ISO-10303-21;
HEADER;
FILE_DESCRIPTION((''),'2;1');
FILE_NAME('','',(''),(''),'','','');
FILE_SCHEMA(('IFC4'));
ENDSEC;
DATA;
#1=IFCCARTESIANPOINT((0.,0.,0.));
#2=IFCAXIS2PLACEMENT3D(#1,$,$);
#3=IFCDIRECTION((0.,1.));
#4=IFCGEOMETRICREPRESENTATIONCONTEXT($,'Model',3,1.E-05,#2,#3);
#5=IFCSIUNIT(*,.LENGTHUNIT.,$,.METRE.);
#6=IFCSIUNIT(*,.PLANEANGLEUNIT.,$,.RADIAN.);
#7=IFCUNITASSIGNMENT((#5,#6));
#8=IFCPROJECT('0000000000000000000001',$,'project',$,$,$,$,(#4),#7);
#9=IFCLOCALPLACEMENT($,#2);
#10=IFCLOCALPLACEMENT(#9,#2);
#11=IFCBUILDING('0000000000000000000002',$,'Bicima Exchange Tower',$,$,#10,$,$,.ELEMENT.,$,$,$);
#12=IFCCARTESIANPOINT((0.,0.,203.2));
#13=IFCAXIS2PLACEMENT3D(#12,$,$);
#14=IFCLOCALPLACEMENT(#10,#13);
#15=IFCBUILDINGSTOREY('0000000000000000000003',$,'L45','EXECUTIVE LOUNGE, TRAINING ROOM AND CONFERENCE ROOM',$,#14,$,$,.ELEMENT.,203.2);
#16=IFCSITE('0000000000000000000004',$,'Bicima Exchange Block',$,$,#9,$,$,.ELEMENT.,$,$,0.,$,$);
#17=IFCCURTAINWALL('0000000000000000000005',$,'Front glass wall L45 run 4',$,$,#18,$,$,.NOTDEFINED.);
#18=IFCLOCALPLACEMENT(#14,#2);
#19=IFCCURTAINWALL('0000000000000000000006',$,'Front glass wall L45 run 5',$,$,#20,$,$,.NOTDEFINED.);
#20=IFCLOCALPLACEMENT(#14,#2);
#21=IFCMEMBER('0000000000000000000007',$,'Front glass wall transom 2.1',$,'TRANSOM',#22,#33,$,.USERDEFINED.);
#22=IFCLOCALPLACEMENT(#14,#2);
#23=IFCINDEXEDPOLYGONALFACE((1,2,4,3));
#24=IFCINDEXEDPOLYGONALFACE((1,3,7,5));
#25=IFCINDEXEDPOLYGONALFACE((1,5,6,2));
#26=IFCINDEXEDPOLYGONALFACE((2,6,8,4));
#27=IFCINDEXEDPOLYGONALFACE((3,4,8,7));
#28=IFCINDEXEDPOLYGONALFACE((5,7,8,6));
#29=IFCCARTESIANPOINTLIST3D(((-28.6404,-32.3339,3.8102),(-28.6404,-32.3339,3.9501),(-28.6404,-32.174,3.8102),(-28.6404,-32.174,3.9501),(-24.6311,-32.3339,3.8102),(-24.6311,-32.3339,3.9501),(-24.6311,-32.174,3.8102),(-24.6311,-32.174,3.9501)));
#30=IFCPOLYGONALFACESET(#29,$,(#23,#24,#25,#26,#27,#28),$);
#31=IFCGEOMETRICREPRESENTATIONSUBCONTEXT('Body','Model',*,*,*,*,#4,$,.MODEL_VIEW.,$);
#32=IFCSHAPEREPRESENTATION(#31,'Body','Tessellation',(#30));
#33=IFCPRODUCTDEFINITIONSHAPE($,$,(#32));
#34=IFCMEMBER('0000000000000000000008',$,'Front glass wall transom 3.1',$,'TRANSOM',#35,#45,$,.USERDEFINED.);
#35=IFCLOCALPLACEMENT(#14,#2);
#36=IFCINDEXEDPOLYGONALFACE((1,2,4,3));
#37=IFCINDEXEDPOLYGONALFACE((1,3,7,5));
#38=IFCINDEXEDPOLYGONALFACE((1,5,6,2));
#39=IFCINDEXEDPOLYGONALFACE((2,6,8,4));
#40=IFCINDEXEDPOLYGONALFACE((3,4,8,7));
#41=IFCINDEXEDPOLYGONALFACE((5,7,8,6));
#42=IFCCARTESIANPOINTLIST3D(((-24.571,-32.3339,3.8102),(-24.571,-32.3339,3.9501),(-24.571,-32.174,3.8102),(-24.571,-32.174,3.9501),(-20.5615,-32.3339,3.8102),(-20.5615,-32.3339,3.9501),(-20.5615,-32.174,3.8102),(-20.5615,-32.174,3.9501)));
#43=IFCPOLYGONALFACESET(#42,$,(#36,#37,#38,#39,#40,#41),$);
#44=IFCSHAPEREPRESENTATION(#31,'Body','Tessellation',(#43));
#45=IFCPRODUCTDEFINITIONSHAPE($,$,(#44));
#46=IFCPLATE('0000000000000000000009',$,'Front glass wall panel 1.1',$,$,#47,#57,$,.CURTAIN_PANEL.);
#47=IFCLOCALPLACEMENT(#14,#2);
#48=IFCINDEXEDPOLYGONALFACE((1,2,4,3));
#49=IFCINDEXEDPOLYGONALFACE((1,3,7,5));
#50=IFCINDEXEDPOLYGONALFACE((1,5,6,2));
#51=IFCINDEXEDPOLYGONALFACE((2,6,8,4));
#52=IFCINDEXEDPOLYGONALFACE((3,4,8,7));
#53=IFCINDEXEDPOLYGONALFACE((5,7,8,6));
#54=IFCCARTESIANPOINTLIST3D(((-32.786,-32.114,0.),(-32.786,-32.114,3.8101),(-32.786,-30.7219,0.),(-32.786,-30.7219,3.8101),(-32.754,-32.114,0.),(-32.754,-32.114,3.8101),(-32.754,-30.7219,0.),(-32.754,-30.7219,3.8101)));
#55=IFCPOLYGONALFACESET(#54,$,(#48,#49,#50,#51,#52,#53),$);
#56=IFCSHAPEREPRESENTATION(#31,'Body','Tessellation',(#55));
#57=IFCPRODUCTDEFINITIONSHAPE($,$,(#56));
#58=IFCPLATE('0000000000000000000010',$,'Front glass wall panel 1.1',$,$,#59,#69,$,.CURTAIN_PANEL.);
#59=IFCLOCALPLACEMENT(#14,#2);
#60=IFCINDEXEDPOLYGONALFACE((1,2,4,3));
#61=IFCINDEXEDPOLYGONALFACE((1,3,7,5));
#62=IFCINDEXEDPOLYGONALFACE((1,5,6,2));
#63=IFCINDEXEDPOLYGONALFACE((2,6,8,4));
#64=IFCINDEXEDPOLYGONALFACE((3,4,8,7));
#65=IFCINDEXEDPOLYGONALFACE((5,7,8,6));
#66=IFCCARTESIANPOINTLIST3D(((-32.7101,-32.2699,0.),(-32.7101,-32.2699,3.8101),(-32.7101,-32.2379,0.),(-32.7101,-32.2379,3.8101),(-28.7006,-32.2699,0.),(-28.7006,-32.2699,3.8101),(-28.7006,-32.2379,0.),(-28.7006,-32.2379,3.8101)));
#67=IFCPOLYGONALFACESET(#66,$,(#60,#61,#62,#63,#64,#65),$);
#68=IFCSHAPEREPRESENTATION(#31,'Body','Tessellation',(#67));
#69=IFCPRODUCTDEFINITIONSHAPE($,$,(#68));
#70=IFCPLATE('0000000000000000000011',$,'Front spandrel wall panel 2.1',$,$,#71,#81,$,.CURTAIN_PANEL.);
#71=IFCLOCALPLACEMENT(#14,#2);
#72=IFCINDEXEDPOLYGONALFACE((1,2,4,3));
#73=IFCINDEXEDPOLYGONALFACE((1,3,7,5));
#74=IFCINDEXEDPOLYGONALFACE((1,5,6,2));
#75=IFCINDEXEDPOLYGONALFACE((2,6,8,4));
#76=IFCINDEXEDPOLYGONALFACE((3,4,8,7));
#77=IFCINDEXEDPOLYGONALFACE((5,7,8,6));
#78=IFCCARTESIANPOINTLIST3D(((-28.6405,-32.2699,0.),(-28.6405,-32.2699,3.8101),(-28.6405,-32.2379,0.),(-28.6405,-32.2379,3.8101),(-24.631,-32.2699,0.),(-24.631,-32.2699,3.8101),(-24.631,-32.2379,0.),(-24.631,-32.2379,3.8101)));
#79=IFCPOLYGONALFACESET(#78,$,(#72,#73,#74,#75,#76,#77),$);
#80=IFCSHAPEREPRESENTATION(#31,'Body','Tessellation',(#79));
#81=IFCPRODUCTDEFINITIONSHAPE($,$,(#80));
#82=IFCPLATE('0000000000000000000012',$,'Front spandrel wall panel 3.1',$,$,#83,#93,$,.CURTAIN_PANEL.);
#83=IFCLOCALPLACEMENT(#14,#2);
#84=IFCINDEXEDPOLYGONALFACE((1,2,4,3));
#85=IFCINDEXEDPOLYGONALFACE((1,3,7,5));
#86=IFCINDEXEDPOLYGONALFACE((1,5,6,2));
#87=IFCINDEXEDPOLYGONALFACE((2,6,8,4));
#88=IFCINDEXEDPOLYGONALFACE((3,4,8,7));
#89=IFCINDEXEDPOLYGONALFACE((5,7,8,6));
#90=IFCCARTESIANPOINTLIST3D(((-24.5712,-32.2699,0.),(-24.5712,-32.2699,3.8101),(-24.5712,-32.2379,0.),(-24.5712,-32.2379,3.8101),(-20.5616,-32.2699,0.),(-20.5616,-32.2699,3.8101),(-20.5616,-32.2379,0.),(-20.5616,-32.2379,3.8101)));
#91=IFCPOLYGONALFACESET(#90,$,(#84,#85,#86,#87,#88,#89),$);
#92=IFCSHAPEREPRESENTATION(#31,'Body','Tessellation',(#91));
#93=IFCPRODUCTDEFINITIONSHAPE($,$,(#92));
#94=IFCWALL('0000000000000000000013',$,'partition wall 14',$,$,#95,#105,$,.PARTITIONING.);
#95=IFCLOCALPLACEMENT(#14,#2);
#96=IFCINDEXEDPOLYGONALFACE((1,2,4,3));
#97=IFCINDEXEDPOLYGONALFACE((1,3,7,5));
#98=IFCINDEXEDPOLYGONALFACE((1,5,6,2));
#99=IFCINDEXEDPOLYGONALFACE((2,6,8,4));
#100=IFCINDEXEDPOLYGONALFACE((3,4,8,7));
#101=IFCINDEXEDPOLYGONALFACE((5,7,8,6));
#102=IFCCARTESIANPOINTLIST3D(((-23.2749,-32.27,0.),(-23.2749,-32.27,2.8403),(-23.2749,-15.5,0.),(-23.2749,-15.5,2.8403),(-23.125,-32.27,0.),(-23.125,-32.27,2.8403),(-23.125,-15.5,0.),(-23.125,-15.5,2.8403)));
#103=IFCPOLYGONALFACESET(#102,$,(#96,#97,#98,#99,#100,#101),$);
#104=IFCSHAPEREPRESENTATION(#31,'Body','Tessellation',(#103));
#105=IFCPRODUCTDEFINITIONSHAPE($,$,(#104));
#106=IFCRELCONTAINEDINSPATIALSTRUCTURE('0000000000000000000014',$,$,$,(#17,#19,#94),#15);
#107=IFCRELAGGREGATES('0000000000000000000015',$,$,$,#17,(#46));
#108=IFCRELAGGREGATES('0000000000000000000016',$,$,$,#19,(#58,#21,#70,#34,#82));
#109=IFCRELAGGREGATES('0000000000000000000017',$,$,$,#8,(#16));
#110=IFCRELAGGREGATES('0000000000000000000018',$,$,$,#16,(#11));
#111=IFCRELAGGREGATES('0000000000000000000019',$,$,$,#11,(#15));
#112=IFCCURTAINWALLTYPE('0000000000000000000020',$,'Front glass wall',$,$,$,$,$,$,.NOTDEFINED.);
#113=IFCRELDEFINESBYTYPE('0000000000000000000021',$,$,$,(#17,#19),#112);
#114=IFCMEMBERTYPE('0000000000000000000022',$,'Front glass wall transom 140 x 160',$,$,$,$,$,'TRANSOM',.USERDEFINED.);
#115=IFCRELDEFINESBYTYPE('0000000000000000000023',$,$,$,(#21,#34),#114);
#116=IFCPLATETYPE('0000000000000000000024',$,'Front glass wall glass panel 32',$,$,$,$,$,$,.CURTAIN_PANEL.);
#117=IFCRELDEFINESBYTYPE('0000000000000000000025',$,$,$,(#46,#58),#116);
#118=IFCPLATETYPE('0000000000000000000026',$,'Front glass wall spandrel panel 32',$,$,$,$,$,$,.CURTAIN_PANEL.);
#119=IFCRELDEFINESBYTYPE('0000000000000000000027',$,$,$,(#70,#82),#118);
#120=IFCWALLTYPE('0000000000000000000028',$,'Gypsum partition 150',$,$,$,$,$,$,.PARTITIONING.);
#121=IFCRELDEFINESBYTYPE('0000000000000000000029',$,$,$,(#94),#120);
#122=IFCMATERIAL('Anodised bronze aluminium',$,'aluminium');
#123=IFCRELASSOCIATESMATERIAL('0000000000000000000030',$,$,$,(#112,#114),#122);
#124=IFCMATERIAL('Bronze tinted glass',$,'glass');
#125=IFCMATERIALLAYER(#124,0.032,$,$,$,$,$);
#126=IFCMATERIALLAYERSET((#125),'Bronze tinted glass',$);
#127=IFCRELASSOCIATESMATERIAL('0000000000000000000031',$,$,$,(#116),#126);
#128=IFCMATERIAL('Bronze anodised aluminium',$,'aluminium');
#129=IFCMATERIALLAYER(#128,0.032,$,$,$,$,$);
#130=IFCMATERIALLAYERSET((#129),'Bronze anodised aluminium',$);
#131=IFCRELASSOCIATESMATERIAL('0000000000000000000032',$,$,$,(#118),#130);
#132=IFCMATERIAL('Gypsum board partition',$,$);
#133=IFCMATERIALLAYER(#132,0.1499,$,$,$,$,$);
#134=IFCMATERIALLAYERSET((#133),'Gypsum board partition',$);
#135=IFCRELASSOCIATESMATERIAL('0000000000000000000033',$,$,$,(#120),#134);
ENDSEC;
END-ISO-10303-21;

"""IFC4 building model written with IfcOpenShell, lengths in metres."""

from ifc_helpers import new_model, si_unit, direction, frame, frame_2d, origin, origin_2d, place, context, subcontext, project, spatial, rectangle, extrude, material, layer, layer_set, material_profile, profile_set, type_object, element, aggregate, save


model = new_model("IFC4")

# Units and contexts
model_context = context("Model", 3, precision=1e-05, world=origin(), true_north=direction((0.0, 1.0)))
body_context = subcontext(model_context, "Body", "Model", "MODEL_VIEW")
ifc_project = project(units=[si_unit("LENGTHUNIT", "METRE"), si_unit("PLANEANGLEUNIT", "RADIAN")], contexts=[model_context])

# Site, building, storey
site_placement = place(None, origin())
site = spatial("IfcSite", under=ifc_project, at=site_placement, Name="Bicima Exchange Block", CompositionType="ELEMENT", RefElevation=0.0)
building_placement = place(site_placement, origin())
building = spatial("IfcBuilding", under=site, at=building_placement, Name="Bicima Exchange Tower", CompositionType="ELEMENT")
storey_placement = place(building_placement, frame((0.0, 0.0, 203.2)))
storey = spatial("IfcBuildingStorey", under=building, at=storey_placement, Name="L45", Description="EXECUTIVE LOUNGE, TRAINING ROOM AND CONFERENCE ROOM", CompositionType="ELEMENT", Elevation=203.2)

# Curtain walls
ifc_material_1 = material(Name="Anodised bronze aluminium", Category="aluminium")
curtain_wall_type = type_object("IfcCurtainWallType", Name="Front glass wall", PredefinedType="NOTDEFINED", material=ifc_material_1)
curtain_wall_1_placement = place(storey_placement, origin())
curtain_wall_1 = element("IfcCurtainWall", 1, at=curtain_wall_1_placement, inside=storey, type_object=curtain_wall_type, Name="Front glass wall L45 run 4", PredefinedType="NOTDEFINED")
curtain_wall_2_placement = place(storey_placement, origin())
curtain_wall_2 = element("IfcCurtainWall", 2, at=curtain_wall_2_placement, inside=storey, type_object=curtain_wall_type, Name="Front glass wall L45 run 5", PredefinedType="NOTDEFINED")

# Members
ifc_material_profile_1 = material_profile(ifc_material_1, rectangle(XDim=0.1599, YDim=0.1399, at=origin_2d()))
ifc_profile_set_1 = profile_set([ifc_material_profile_1], Name="Anodised bronze aluminium")
member_type_1 = type_object("IfcMemberType", Name="Front glass wall transom 140 x 160", ElementType="TRANSOM", PredefinedType="USERDEFINED", material=ifc_profile_set_1)
member_1_placement = place(storey_placement, frame((-28.6404, -32.2539, 3.8801), z_axis=(1.0, 0.0, 0.0), x_axis=(0.0, 1.0, 0.0)))
member_1 = element("IfcMember", 3, at=member_1_placement, type_object=member_type_1, Name="Front glass wall transom 2.1", ObjectType="TRANSOM", PredefinedType="USERDEFINED", context=body_context, shape_type="SweptSolid", body=[
    extrude(rectangle(XDim=0.1599, YDim=0.1399, at=origin_2d()), origin(), (0.0, 0.0, 1.0), 4.0093),
])
member_2_placement = place(storey_placement, frame((-24.571, -32.2539, 3.8801), z_axis=(1.0, 0.0, 0.0), x_axis=(0.0, 1.0, 0.0)))
member_2 = element("IfcMember", 4, at=member_2_placement, type_object=member_type_1, Name="Front glass wall transom 3.1", ObjectType="TRANSOM", PredefinedType="USERDEFINED", context=body_context, shape_type="SweptSolid", body=[
    extrude(rectangle(XDim=0.1599, YDim=0.1399, at=origin_2d()), origin(), (0.0, 0.0, 1.0), 4.0095),
])

# Plates
ifc_material_2 = material(Name="Bronze tinted glass", Category="glass")
ifc_layer_1 = layer(ifc_material_2, 0.032)
ifc_layer_set_1 = layer_set([ifc_layer_1], Name="Bronze tinted glass")
plate_type_1 = type_object("IfcPlateType", Name="Front glass wall glass panel 32", PredefinedType="CURTAIN_PANEL", material=ifc_layer_set_1)
plate_1_placement = place(storey_placement, frame((-32.77, -31.418, 0.0), z_axis=(0.0, 0.0, 1.0), x_axis=(0.0, -1.0, 0.0)))
plate_1 = element("IfcPlate", 5, at=plate_1_placement, type_object=plate_type_1, Name="Front glass wall panel 1.1", PredefinedType="CURTAIN_PANEL", context=body_context, shape_type="SweptSolid", body=[
    extrude(rectangle(XDim=1.3921, YDim=0.032, at=origin_2d()), origin(), (0.0, 0.0, 1.0), 3.8101),
])
aggregate(curtain_wall_1, [plate_1])
plate_2_placement = place(storey_placement, frame((-30.7053, -32.2539, 0.0), z_axis=(0.0, 0.0, 1.0), x_axis=(1.0, 0.0, 0.0)))
plate_2 = element("IfcPlate", 6, at=plate_2_placement, type_object=plate_type_1, Name="Front glass wall panel 1.1", PredefinedType="CURTAIN_PANEL", context=body_context, shape_type="SweptSolid", body=[
    extrude(rectangle(XDim=4.0095, YDim=0.032, at=origin_2d()), origin(), (0.0, 0.0, 1.0), 3.8101),
])
ifc_material_3 = material(Name="Bronze anodised aluminium", Category="aluminium")
ifc_layer_2 = layer(ifc_material_3, 0.032)
ifc_layer_set_2 = layer_set([ifc_layer_2], Name="Bronze anodised aluminium")
plate_type_2 = type_object("IfcPlateType", Name="Front glass wall spandrel panel 32", PredefinedType="CURTAIN_PANEL", material=ifc_layer_set_2)
plate_3_placement = place(storey_placement, frame((-26.6357, -32.2539, 0.0), z_axis=(0.0, 0.0, 1.0), x_axis=(1.0, 0.0, 0.0)))
plate_3 = element("IfcPlate", 7, at=plate_3_placement, type_object=plate_type_2, Name="Front spandrel wall panel 2.1", PredefinedType="CURTAIN_PANEL", context=body_context, shape_type="SweptSolid", body=[
    extrude(rectangle(XDim=4.0095, YDim=0.032, at=origin_2d()), origin(), (0.0, 0.0, 1.0), 3.8101),
])
plate_4_placement = place(storey_placement, frame((-22.5664, -32.2539, 0.0), z_axis=(0.0, 0.0, 1.0), x_axis=(1.0, 0.0, 0.0)))
plate_4 = element("IfcPlate", 8, at=plate_4_placement, type_object=plate_type_2, Name="Front spandrel wall panel 3.1", PredefinedType="CURTAIN_PANEL", context=body_context, shape_type="SweptSolid", body=[
    extrude(rectangle(XDim=4.0095, YDim=0.032, at=origin_2d()), origin(), (0.0, 0.0, 1.0), 3.8101),
])
aggregate(curtain_wall_2, [plate_2, member_1, plate_3, member_2, plate_4])

# Wall
ifc_material_4 = material(Name="Gypsum board partition")
ifc_layer_3 = layer(ifc_material_4, 0.1499)
ifc_layer_set_3 = layer_set([ifc_layer_3], Name="Gypsum board partition")
wall_type = type_object("IfcWallType", Name="Gypsum partition 150", PredefinedType="PARTITIONING", material=ifc_layer_set_3)
wall_placement = place(storey_placement, frame((-23.2, -32.27, 0.0), z_axis=(0.0, 0.0, 1.0), x_axis=(0.0, 1.0, 0.0)))
element("IfcWall", 9, at=wall_placement, inside=storey, type_object=wall_type, Name="partition wall 14", PredefinedType="PARTITIONING", context=body_context, shape_type="SweptSolid", body=[
    extrude(rectangle(XDim=16.77, YDim=0.1499, at=frame_2d((8.385, 0.0))), origin(), (0.0, 0.0, 1.0), 2.8403),
])

save(model, "model.ifc")
